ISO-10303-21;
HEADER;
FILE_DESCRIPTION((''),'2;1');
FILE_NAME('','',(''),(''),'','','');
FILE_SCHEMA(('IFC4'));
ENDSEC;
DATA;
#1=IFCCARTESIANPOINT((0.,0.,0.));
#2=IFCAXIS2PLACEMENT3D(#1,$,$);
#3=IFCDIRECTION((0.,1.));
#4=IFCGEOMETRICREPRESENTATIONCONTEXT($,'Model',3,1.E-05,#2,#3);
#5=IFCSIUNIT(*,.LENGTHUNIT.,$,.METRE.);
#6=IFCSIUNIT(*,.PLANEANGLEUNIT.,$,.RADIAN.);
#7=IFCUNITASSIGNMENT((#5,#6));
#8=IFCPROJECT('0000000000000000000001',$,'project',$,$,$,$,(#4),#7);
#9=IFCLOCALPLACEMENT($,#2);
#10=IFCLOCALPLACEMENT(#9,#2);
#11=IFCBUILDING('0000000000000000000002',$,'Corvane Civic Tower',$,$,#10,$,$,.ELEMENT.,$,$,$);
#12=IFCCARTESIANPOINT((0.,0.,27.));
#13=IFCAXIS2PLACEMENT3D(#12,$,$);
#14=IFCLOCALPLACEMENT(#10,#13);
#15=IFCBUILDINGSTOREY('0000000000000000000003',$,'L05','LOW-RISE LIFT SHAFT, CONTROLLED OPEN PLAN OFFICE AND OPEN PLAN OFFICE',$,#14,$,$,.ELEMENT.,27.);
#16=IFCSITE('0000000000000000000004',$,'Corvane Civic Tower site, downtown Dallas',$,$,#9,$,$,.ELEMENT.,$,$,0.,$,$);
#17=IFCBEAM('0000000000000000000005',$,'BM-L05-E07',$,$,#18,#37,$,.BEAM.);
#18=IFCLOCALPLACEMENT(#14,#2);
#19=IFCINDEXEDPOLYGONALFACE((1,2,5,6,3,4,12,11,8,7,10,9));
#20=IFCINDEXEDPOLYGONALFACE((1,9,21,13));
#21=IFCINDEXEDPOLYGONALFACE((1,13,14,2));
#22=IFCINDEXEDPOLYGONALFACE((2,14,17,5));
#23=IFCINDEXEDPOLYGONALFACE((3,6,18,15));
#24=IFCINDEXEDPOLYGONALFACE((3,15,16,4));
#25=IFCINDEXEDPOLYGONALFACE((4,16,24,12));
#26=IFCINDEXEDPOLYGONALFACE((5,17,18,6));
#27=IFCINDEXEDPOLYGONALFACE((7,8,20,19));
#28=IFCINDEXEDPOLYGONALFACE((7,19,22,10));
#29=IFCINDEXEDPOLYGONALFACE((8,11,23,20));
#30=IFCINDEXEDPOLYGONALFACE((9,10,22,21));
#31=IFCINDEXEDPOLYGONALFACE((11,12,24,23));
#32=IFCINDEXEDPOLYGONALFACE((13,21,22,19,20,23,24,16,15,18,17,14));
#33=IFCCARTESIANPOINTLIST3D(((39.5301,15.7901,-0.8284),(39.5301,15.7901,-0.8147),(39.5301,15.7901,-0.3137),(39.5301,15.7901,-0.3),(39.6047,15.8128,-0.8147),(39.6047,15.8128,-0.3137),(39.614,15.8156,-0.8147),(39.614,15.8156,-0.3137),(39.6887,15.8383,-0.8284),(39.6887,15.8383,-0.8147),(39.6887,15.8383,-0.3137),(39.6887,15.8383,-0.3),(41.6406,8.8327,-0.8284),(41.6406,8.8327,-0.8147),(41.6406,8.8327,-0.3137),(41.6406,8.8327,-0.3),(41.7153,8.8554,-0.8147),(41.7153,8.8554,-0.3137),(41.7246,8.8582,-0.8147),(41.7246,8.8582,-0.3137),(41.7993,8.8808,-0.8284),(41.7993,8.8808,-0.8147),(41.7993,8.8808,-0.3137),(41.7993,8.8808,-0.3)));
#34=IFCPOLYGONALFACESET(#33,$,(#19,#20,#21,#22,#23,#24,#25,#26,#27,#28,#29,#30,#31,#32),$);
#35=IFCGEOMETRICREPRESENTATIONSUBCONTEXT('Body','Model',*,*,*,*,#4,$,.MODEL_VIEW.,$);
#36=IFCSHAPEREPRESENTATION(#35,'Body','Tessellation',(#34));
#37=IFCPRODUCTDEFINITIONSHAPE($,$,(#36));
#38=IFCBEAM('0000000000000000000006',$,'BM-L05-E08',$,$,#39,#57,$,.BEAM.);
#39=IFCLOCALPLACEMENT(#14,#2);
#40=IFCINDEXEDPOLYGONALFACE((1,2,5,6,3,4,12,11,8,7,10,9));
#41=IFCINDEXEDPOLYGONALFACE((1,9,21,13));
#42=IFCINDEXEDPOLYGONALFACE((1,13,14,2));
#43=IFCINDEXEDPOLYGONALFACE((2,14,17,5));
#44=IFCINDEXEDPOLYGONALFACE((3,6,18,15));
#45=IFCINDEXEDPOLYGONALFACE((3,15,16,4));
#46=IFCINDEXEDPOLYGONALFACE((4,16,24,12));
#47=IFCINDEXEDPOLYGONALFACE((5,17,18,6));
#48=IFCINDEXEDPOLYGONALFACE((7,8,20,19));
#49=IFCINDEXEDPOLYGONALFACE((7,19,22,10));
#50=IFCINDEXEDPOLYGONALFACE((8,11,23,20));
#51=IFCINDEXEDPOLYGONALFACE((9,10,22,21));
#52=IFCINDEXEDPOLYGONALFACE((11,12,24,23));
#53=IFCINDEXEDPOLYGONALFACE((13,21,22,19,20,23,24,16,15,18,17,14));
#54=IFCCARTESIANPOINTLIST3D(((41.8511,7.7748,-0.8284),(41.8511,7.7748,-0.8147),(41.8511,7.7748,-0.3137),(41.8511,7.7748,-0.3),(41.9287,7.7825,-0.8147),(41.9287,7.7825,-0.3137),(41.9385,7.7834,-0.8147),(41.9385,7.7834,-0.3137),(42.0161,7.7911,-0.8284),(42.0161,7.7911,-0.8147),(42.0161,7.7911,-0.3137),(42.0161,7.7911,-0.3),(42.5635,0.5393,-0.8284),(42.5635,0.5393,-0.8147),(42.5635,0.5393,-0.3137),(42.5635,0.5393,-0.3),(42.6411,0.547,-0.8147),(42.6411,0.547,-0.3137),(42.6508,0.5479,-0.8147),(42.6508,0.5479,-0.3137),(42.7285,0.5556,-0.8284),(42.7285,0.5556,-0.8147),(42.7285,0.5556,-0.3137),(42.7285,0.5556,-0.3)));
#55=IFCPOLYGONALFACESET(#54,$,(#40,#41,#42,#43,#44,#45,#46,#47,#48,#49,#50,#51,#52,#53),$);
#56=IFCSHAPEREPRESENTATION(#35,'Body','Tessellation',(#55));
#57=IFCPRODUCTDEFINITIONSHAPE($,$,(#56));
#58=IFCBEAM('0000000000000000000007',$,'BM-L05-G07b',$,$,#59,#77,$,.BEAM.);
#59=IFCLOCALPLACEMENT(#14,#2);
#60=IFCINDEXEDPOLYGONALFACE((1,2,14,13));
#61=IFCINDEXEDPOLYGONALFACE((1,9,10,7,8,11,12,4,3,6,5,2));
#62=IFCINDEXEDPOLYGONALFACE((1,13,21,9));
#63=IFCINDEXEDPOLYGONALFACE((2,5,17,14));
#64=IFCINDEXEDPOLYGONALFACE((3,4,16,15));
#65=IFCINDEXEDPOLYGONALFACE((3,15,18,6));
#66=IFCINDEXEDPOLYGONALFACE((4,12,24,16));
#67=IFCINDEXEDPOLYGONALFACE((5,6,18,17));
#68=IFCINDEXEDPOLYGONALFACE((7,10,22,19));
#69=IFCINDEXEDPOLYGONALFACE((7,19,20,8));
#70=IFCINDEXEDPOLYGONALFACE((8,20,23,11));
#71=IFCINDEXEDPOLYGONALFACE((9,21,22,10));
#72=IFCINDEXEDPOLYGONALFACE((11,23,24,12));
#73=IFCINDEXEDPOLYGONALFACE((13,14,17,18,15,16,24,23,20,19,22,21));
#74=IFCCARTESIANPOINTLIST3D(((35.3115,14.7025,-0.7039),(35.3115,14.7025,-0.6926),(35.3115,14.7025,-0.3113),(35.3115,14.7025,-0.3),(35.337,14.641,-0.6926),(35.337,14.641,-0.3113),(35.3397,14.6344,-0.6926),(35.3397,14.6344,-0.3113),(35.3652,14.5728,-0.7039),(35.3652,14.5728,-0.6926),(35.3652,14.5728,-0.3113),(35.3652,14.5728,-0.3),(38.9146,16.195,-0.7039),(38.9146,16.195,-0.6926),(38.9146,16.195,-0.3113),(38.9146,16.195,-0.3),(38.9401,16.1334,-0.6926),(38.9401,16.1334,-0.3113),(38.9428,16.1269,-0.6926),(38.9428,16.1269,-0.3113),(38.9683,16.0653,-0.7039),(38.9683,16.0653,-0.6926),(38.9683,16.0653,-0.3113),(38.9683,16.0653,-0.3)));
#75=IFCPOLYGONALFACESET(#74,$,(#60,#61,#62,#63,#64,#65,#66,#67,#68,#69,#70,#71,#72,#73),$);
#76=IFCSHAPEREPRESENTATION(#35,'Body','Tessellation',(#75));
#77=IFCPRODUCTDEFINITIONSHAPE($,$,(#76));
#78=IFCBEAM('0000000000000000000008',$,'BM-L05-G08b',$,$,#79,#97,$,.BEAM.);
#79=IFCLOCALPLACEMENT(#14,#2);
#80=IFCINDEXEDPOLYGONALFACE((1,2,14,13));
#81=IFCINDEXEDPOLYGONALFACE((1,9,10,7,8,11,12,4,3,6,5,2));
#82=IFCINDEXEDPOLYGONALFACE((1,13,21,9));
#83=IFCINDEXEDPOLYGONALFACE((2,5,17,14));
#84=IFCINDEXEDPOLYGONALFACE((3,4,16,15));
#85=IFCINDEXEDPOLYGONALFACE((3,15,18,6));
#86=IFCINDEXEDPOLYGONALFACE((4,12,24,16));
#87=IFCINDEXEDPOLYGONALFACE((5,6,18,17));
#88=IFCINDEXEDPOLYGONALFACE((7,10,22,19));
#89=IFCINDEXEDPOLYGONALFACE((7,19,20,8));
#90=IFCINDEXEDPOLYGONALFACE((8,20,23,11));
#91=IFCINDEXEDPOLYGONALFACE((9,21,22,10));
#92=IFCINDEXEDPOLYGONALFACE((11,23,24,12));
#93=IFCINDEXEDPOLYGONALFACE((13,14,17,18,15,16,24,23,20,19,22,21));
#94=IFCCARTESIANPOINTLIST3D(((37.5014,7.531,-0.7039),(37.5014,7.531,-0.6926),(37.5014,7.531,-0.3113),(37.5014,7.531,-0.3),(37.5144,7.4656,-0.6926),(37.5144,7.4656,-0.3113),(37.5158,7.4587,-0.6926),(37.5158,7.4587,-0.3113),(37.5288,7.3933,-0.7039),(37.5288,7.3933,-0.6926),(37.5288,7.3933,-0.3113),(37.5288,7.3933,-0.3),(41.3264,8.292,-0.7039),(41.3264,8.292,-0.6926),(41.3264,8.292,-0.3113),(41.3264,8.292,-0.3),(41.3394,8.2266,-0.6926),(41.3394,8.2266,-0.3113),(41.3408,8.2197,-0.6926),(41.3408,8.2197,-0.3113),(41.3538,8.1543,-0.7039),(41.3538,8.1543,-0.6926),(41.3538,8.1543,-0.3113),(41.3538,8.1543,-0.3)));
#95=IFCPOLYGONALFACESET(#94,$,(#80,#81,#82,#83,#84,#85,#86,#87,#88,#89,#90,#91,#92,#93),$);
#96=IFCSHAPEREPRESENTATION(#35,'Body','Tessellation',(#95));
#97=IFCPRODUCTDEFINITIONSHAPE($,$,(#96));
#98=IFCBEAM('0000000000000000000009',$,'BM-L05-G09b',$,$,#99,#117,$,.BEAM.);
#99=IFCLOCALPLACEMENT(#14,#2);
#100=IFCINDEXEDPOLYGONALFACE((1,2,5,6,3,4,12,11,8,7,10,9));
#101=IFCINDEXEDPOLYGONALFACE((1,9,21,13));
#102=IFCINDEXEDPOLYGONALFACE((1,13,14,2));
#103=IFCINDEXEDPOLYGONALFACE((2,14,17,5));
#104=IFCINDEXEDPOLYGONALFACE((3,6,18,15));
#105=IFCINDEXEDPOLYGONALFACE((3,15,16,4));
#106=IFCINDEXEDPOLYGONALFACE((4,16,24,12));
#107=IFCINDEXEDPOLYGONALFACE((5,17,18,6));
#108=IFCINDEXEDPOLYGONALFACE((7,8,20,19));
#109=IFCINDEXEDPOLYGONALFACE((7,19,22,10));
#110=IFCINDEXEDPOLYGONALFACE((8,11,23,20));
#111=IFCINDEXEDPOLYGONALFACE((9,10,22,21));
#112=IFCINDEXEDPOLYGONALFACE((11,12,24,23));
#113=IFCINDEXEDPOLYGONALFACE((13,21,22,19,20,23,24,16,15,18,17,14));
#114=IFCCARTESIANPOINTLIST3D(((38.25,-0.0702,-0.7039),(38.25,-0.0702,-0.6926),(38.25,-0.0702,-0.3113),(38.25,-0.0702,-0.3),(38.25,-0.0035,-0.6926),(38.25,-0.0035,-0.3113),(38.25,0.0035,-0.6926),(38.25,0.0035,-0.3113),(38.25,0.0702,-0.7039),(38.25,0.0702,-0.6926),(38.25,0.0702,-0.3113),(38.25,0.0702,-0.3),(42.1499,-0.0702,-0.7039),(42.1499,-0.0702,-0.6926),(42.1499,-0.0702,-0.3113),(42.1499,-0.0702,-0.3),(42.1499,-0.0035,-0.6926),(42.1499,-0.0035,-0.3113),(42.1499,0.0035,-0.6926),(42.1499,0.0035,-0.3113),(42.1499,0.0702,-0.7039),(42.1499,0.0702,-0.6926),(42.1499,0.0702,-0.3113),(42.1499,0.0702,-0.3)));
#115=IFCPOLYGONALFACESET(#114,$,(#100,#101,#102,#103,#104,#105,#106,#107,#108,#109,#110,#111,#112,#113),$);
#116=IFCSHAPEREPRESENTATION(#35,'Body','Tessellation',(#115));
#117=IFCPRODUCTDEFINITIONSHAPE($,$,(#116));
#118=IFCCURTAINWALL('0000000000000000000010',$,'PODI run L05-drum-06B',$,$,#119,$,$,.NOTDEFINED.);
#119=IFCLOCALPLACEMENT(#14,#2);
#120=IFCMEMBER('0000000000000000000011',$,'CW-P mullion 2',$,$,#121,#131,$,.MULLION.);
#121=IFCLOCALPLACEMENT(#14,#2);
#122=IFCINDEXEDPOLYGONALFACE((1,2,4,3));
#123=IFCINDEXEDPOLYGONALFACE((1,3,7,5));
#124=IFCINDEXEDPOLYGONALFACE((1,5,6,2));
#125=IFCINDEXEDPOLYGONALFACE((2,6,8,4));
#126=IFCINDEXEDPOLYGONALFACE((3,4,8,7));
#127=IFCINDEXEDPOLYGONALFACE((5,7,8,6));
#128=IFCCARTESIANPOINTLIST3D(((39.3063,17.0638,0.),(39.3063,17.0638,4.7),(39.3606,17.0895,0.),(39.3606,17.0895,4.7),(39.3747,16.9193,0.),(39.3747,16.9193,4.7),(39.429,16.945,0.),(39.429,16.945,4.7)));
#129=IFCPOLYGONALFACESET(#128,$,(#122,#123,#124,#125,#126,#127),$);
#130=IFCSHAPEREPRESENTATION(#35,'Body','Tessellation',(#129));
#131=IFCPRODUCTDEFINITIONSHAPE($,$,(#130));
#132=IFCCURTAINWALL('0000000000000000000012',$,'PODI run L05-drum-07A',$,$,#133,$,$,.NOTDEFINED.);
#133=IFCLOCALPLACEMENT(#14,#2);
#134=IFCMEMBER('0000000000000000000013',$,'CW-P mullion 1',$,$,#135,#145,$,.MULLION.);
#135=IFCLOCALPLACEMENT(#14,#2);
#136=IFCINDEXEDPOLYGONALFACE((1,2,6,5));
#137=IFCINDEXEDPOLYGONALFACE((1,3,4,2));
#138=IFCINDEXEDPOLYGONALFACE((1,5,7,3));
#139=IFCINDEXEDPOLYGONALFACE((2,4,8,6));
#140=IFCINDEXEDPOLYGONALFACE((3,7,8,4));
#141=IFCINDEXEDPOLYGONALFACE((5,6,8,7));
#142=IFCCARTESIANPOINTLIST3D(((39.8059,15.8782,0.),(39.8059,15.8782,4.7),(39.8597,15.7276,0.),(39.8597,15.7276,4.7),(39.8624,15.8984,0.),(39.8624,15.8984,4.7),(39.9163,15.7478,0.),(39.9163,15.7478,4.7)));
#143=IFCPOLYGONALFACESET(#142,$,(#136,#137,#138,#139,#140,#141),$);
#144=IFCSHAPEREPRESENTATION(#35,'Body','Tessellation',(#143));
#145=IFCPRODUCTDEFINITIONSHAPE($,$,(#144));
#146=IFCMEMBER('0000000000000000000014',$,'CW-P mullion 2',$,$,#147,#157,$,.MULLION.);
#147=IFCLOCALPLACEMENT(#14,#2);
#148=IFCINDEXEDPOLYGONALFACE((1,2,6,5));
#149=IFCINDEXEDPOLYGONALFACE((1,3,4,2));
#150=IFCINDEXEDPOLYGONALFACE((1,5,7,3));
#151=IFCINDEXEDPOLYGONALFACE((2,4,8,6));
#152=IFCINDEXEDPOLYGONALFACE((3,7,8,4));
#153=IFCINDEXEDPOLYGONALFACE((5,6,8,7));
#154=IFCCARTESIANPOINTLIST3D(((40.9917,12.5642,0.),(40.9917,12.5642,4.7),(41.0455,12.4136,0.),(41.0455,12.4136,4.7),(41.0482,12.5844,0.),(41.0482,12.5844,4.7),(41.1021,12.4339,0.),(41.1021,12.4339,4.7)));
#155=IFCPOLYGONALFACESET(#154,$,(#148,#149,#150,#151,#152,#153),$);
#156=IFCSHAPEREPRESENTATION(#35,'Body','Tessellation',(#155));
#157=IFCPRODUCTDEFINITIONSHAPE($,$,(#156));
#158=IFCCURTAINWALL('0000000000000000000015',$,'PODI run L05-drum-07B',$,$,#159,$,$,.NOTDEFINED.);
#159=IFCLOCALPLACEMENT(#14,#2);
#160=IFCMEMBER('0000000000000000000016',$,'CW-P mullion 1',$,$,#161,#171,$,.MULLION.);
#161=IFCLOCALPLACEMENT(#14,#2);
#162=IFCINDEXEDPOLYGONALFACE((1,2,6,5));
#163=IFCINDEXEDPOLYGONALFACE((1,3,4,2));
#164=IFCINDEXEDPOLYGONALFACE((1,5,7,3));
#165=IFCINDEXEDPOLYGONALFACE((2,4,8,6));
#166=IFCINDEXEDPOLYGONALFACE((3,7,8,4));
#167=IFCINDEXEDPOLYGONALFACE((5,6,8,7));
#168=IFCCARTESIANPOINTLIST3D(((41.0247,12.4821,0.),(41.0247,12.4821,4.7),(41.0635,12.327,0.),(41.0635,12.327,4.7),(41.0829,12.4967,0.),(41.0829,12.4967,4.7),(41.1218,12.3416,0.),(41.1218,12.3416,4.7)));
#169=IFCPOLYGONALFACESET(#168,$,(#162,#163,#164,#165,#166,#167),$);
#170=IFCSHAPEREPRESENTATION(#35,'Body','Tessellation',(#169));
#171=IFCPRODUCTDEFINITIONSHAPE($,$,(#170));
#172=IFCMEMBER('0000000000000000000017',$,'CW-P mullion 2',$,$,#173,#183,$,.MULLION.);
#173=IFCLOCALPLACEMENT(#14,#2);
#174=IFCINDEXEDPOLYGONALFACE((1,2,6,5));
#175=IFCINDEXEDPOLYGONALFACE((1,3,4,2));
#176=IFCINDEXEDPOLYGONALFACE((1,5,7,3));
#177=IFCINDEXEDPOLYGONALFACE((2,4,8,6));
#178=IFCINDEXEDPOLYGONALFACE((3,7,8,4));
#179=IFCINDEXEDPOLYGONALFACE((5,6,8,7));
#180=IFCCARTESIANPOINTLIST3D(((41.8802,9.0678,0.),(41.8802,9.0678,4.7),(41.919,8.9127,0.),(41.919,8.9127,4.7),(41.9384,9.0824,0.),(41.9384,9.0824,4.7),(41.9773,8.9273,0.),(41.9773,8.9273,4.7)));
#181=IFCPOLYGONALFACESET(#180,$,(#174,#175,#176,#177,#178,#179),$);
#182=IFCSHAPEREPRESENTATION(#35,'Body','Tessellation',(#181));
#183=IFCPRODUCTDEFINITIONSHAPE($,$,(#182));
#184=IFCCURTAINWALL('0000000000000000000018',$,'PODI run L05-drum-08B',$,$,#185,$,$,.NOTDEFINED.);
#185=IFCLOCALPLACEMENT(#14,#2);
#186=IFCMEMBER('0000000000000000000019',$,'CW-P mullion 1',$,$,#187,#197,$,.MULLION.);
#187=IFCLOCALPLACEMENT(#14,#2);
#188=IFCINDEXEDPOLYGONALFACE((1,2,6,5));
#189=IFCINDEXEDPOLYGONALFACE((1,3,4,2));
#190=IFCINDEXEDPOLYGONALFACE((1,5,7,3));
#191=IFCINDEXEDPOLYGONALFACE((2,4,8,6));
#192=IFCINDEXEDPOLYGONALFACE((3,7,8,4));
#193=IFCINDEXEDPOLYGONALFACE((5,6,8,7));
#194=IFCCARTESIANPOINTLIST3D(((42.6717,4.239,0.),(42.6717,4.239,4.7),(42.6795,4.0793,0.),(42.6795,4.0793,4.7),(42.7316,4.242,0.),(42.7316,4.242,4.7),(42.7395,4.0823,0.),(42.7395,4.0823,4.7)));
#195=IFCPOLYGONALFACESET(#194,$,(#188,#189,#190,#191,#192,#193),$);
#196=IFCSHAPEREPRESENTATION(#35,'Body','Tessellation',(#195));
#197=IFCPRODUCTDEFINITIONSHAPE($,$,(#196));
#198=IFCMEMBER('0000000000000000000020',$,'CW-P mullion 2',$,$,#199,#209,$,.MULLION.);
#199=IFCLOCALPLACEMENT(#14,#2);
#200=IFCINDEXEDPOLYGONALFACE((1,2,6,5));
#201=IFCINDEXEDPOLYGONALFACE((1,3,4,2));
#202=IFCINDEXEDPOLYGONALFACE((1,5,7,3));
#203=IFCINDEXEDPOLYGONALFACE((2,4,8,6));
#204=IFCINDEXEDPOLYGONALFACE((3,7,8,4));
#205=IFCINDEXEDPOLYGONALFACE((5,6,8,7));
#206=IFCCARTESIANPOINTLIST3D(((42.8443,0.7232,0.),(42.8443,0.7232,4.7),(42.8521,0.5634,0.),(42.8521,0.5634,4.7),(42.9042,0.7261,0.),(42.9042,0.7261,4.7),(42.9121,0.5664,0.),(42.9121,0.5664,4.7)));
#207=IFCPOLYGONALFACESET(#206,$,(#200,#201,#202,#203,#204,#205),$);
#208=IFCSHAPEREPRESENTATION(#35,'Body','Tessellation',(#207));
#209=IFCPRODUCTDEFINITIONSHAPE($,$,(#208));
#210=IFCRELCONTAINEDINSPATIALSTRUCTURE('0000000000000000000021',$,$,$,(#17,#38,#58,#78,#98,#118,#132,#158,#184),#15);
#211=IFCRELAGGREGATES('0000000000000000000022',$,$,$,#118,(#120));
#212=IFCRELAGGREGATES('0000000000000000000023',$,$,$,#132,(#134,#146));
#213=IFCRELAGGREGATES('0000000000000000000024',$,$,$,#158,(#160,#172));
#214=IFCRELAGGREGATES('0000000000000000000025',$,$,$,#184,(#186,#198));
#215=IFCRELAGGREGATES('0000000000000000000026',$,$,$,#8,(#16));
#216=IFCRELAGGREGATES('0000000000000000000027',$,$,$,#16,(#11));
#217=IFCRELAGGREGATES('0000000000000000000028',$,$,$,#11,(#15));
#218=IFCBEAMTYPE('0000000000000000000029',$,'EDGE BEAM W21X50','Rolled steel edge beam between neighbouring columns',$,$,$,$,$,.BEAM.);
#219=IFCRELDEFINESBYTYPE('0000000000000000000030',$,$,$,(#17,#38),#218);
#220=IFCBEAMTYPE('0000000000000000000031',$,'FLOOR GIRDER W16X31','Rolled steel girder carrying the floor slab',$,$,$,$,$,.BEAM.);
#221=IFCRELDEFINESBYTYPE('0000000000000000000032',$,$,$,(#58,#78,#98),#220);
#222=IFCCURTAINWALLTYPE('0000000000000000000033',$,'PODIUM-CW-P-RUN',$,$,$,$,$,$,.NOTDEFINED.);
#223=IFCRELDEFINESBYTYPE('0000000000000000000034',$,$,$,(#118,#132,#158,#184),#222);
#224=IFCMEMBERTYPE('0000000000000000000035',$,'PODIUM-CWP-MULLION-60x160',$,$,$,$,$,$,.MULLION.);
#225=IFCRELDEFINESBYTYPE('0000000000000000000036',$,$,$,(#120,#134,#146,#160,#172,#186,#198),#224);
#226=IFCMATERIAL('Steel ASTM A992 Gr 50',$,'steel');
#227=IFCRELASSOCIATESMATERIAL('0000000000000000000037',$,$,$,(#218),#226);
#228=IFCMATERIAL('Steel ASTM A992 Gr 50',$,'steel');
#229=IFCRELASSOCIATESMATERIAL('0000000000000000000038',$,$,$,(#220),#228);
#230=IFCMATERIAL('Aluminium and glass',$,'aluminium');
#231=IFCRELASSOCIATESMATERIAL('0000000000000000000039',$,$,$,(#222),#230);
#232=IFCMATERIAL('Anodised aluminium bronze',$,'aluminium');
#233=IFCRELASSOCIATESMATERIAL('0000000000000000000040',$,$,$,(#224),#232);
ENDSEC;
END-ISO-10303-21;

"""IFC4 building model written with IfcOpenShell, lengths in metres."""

from ifc_helpers import new_model, si_unit, direction, frame, origin, origin_2d, place, context, subcontext, project, spatial, rectangle, i_section, extrude, material, material_profile, profile_set, type_object, element, aggregate, save


model = new_model("IFC4")

# Units and contexts
model_context = context("Model", 3, precision=1e-05, world=origin(), true_north=direction((0.0, 1.0)))
body_context = subcontext(model_context, "Body", "Model", "MODEL_VIEW")
ifc_project = project(units=[si_unit("LENGTHUNIT", "METRE"), si_unit("PLANEANGLEUNIT", "RADIAN")], contexts=[model_context])

# Site, building, storey
site_placement = place(None, origin())
site = spatial("IfcSite", under=ifc_project, at=site_placement, Name="Corvane Civic Tower site, downtown Dallas", CompositionType="ELEMENT", RefElevation=0.0)
building_placement = place(site_placement, origin())
building = spatial("IfcBuilding", under=site, at=building_placement, Name="Corvane Civic Tower", CompositionType="ELEMENT")
storey_placement = place(building_placement, frame((0.0, 0.0, 27.0)))
storey = spatial("IfcBuildingStorey", under=building, at=storey_placement, Name="L05", Description="LOW-RISE LIFT SHAFT, CONTROLLED OPEN PLAN OFFICE AND OPEN PLAN OFFICE", CompositionType="ELEMENT", Elevation=27.0)

# Beams
ifc_material_1 = material(Name="Steel ASTM A992 Gr 50", Category="steel")
ifc_material_profile_1 = material_profile(ifc_material_1, i_section(OverallWidth=0.1658, OverallDepth=0.5283, WebThickness=0.0098, FlangeThickness=0.0137, at=origin_2d()), Name="W21X50")
ifc_profile_set_1 = profile_set([ifc_material_profile_1], Name="Steel ASTM A992 Gr 50")
beam_type_1 = type_object("IfcBeamType", Name="EDGE BEAM W21X50", Description="Rolled steel edge beam between neighbouring columns", PredefinedType="BEAM", material=ifc_profile_set_1)
for number, where, z_axis, x_axis, name in (
    (1, (39.6094, 15.8142, -0.5642), (0.290292, -0.956938, 0.0), (0.956938, 0.290292, 0.0), "BM-L05-E07"),
    (2, (41.9336, 7.783, -0.5642), (0.097984, -0.995188, 0.0), (0.995188, 0.097984, 0.0), "BM-L05-E08"),
):
    element("IfcBeam", number, at=place(storey_placement, frame(where, z_axis=z_axis, x_axis=x_axis)), inside=storey, type_object=beam_type_1, Name=name, PredefinedType="BEAM", context=body_context, shape_type="SweptSolid", body=[
        extrude(i_section(OverallWidth=0.1658, OverallDepth=0.5283, WebThickness=0.0098, FlangeThickness=0.0137, at=origin_2d()), origin(), (0.0, 0.0, 1.0), 7.2705),
    ])
ifc_material_2 = material(Name="Steel ASTM A992 Gr 50", Category="steel")
ifc_material_profile_2 = material_profile(ifc_material_2, i_section(OverallWidth=0.1404, OverallDepth=0.4038, WebThickness=0.0071, FlangeThickness=0.0112, at=origin_2d()), Name="W16X31")
ifc_profile_set_2 = profile_set([ifc_material_profile_2], Name="Steel ASTM A992 Gr 50")
beam_type_2 = type_object("IfcBeamType", Name="FLOOR GIRDER W16X31", Description="Rolled steel girder carrying the floor slab", PredefinedType="BEAM", material=ifc_profile_set_2)
for number, where, z_axis, x_axis, name in (
    (3, (35.3384, 14.6377, -0.502), (0.923879, 0.382685, 0.0), (-0.382685, 0.923879, 0.0), "BM-L05-G07b"),
    (4, (37.5151, 7.4622, -0.502), (0.980778, 0.195129, 0.0), (-0.195129, 0.980778, 0.0), "BM-L05-G08b"),
    (5, (38.25, 0.0, -0.502), (1.0, 0.0, 0.0), (0.0, 1.0, 0.0), "BM-L05-G09b"),
):
    element("IfcBeam", number, at=place(storey_placement, frame(where, z_axis=z_axis, x_axis=x_axis)), inside=storey, type_object=beam_type_2, Name=name, PredefinedType="BEAM", context=body_context, shape_type="SweptSolid", body=[
        extrude(i_section(OverallWidth=0.1404, OverallDepth=0.4038, WebThickness=0.0071, FlangeThickness=0.0112, at=origin_2d()), origin(), (0.0, 0.0, 1.0), 3.8999),
    ])

# Curtain wall, member
ifc_material_3 = material(Name="Aluminium and glass", Category="aluminium")
curtain_wall_type = type_object("IfcCurtainWallType", Name="PODIUM-CW-P-RUN", PredefinedType="NOTDEFINED", material=ifc_material_3)
curtain_wall_1_placement = place(storey_placement, origin())
curtain_wall_1 = element("IfcCurtainWall", 6, at=curtain_wall_1_placement, inside=storey, type_object=curtain_wall_type, Name="PODI run L05-drum-06B", PredefinedType="NOTDEFINED")
ifc_material_4 = material(Name="Anodised aluminium bronze", Category="aluminium")
ifc_material_profile_3 = material_profile(ifc_material_4, rectangle(XDim=0.0601, YDim=0.1599, at=origin_2d()), Name="AL 60x160")
ifc_profile_set_3 = profile_set([ifc_material_profile_3], Name="Anodised aluminium bronze")
member_type_1 = type_object("IfcMemberType", Name="PODIUM-CWP-MULLION-60x160", PredefinedType="MULLION", material=ifc_profile_set_3)
member_1_placement = place(storey_placement, frame((39.3677, 17.0044, 0.0), z_axis=(0.0, 0.0, 1.0), x_axis=(0.90399, 0.427553, 0.0)))
member_1 = element("IfcMember", 7, at=member_1_placement, type_object=member_type_1, Name="CW-P mullion 2", PredefinedType="MULLION", context=body_context, shape_type="SweptSolid", body=[
    extrude(rectangle(XDim=0.0601, YDim=0.1599, at=origin_2d()), origin(), (0.0, 0.0, 1.0), 4.7),
])

# Curtain walls, members
curtain_wall_2_placement = place(storey_placement, origin())
curtain_wall_2 = element("IfcCurtainWall", 8, at=curtain_wall_2_placement, inside=storey, type_object=curtain_wall_type, Name="PODI run L05-drum-07A", PredefinedType="NOTDEFINED")
member_2_placement = place(storey_placement, frame((39.8611, 15.813, 0.0), z_axis=(0.0, 0.0, 1.0), x_axis=(0.941534, 0.336919, 0.0)))
member_2 = element("IfcMember", 9, at=member_2_placement, type_object=member_type_1, Name="CW-P mullion 1", PredefinedType="MULLION", context=body_context, shape_type="SweptSolid", body=[
    extrude(rectangle(XDim=0.0601, YDim=0.1599, at=origin_2d()), origin(), (0.0, 0.0, 1.0), 4.7),
])
member_3_placement = place(storey_placement, frame((41.0469, 12.499, 0.0), z_axis=(0.0, 0.0, 1.0), x_axis=(0.941534, 0.336919, 0.0)))
member_3 = element("IfcMember", 10, at=member_3_placement, type_object=member_type_1, Name="CW-P mullion 2", PredefinedType="MULLION", context=body_context, shape_type="SweptSolid", body=[
    extrude(rectangle(XDim=0.0601, YDim=0.1599, at=origin_2d()), origin(), (0.0, 0.0, 1.0), 4.7),
])
curtain_wall_3_placement = place(storey_placement, origin())
curtain_wall_3 = element("IfcCurtainWall", 11, at=curtain_wall_3_placement, inside=storey, type_object=curtain_wall_type, Name="PODI run L05-drum-07B", PredefinedType="NOTDEFINED")
member_4_placement = place(storey_placement, frame((41.0732, 12.4119, 0.0), z_axis=(0.0, 0.0, 1.0), x_axis=(0.970024, 0.243009, 0.0)))
member_4 = element("IfcMember", 12, at=member_4_placement, type_object=member_type_1, Name="CW-P mullion 1", PredefinedType="MULLION", context=body_context, shape_type="SweptSolid", body=[
    extrude(rectangle(XDim=0.0601, YDim=0.1599, at=origin_2d()), origin(), (0.0, 0.0, 1.0), 4.7),
])
member_5_placement = place(storey_placement, frame((41.9287, 8.9976, 0.0), z_axis=(0.0, 0.0, 1.0), x_axis=(0.970024, 0.243009, 0.0)))
member_5 = element("IfcMember", 13, at=member_5_placement, type_object=member_type_1, Name="CW-P mullion 2", PredefinedType="MULLION", context=body_context, shape_type="SweptSolid", body=[
    extrude(rectangle(XDim=0.0601, YDim=0.1599, at=origin_2d()), origin(), (0.0, 0.0, 1.0), 4.7),
])
curtain_wall_4_placement = place(storey_placement, origin())
curtain_wall_4 = element("IfcCurtainWall", 14, at=curtain_wall_4_placement, inside=storey, type_object=curtain_wall_type, Name="PODI run L05-drum-08B", PredefinedType="NOTDEFINED")
member_6_placement = place(storey_placement, frame((42.7056, 4.1606, 0.0), z_axis=(0.0, 0.0, 1.0), x_axis=(0.998796, 0.04905, 0.0)))
member_6 = element("IfcMember", 15, at=member_6_placement, type_object=member_type_1, Name="CW-P mullion 1", PredefinedType="MULLION", context=body_context, shape_type="SweptSolid", body=[
    extrude(rectangle(XDim=0.0601, YDim=0.1599, at=origin_2d()), origin(), (0.0, 0.0, 1.0), 4.7),
])
member_7_placement = place(storey_placement, frame((42.8782, 0.6448, 0.0), z_axis=(0.0, 0.0, 1.0), x_axis=(0.998796, 0.04905, 0.0)))
member_7 = element("IfcMember", 16, at=member_7_placement, type_object=member_type_1, Name="CW-P mullion 2", PredefinedType="MULLION", context=body_context, shape_type="SweptSolid", body=[
    extrude(rectangle(XDim=0.0601, YDim=0.1599, at=origin_2d()), origin(), (0.0, 0.0, 1.0), 4.7),
])

aggregate(curtain_wall_1, [member_1])
aggregate(curtain_wall_2, [member_2, member_3])
aggregate(curtain_wall_3, [member_4, member_5])
aggregate(curtain_wall_4, [member_6, member_7])

save(model, "model.ifc")
